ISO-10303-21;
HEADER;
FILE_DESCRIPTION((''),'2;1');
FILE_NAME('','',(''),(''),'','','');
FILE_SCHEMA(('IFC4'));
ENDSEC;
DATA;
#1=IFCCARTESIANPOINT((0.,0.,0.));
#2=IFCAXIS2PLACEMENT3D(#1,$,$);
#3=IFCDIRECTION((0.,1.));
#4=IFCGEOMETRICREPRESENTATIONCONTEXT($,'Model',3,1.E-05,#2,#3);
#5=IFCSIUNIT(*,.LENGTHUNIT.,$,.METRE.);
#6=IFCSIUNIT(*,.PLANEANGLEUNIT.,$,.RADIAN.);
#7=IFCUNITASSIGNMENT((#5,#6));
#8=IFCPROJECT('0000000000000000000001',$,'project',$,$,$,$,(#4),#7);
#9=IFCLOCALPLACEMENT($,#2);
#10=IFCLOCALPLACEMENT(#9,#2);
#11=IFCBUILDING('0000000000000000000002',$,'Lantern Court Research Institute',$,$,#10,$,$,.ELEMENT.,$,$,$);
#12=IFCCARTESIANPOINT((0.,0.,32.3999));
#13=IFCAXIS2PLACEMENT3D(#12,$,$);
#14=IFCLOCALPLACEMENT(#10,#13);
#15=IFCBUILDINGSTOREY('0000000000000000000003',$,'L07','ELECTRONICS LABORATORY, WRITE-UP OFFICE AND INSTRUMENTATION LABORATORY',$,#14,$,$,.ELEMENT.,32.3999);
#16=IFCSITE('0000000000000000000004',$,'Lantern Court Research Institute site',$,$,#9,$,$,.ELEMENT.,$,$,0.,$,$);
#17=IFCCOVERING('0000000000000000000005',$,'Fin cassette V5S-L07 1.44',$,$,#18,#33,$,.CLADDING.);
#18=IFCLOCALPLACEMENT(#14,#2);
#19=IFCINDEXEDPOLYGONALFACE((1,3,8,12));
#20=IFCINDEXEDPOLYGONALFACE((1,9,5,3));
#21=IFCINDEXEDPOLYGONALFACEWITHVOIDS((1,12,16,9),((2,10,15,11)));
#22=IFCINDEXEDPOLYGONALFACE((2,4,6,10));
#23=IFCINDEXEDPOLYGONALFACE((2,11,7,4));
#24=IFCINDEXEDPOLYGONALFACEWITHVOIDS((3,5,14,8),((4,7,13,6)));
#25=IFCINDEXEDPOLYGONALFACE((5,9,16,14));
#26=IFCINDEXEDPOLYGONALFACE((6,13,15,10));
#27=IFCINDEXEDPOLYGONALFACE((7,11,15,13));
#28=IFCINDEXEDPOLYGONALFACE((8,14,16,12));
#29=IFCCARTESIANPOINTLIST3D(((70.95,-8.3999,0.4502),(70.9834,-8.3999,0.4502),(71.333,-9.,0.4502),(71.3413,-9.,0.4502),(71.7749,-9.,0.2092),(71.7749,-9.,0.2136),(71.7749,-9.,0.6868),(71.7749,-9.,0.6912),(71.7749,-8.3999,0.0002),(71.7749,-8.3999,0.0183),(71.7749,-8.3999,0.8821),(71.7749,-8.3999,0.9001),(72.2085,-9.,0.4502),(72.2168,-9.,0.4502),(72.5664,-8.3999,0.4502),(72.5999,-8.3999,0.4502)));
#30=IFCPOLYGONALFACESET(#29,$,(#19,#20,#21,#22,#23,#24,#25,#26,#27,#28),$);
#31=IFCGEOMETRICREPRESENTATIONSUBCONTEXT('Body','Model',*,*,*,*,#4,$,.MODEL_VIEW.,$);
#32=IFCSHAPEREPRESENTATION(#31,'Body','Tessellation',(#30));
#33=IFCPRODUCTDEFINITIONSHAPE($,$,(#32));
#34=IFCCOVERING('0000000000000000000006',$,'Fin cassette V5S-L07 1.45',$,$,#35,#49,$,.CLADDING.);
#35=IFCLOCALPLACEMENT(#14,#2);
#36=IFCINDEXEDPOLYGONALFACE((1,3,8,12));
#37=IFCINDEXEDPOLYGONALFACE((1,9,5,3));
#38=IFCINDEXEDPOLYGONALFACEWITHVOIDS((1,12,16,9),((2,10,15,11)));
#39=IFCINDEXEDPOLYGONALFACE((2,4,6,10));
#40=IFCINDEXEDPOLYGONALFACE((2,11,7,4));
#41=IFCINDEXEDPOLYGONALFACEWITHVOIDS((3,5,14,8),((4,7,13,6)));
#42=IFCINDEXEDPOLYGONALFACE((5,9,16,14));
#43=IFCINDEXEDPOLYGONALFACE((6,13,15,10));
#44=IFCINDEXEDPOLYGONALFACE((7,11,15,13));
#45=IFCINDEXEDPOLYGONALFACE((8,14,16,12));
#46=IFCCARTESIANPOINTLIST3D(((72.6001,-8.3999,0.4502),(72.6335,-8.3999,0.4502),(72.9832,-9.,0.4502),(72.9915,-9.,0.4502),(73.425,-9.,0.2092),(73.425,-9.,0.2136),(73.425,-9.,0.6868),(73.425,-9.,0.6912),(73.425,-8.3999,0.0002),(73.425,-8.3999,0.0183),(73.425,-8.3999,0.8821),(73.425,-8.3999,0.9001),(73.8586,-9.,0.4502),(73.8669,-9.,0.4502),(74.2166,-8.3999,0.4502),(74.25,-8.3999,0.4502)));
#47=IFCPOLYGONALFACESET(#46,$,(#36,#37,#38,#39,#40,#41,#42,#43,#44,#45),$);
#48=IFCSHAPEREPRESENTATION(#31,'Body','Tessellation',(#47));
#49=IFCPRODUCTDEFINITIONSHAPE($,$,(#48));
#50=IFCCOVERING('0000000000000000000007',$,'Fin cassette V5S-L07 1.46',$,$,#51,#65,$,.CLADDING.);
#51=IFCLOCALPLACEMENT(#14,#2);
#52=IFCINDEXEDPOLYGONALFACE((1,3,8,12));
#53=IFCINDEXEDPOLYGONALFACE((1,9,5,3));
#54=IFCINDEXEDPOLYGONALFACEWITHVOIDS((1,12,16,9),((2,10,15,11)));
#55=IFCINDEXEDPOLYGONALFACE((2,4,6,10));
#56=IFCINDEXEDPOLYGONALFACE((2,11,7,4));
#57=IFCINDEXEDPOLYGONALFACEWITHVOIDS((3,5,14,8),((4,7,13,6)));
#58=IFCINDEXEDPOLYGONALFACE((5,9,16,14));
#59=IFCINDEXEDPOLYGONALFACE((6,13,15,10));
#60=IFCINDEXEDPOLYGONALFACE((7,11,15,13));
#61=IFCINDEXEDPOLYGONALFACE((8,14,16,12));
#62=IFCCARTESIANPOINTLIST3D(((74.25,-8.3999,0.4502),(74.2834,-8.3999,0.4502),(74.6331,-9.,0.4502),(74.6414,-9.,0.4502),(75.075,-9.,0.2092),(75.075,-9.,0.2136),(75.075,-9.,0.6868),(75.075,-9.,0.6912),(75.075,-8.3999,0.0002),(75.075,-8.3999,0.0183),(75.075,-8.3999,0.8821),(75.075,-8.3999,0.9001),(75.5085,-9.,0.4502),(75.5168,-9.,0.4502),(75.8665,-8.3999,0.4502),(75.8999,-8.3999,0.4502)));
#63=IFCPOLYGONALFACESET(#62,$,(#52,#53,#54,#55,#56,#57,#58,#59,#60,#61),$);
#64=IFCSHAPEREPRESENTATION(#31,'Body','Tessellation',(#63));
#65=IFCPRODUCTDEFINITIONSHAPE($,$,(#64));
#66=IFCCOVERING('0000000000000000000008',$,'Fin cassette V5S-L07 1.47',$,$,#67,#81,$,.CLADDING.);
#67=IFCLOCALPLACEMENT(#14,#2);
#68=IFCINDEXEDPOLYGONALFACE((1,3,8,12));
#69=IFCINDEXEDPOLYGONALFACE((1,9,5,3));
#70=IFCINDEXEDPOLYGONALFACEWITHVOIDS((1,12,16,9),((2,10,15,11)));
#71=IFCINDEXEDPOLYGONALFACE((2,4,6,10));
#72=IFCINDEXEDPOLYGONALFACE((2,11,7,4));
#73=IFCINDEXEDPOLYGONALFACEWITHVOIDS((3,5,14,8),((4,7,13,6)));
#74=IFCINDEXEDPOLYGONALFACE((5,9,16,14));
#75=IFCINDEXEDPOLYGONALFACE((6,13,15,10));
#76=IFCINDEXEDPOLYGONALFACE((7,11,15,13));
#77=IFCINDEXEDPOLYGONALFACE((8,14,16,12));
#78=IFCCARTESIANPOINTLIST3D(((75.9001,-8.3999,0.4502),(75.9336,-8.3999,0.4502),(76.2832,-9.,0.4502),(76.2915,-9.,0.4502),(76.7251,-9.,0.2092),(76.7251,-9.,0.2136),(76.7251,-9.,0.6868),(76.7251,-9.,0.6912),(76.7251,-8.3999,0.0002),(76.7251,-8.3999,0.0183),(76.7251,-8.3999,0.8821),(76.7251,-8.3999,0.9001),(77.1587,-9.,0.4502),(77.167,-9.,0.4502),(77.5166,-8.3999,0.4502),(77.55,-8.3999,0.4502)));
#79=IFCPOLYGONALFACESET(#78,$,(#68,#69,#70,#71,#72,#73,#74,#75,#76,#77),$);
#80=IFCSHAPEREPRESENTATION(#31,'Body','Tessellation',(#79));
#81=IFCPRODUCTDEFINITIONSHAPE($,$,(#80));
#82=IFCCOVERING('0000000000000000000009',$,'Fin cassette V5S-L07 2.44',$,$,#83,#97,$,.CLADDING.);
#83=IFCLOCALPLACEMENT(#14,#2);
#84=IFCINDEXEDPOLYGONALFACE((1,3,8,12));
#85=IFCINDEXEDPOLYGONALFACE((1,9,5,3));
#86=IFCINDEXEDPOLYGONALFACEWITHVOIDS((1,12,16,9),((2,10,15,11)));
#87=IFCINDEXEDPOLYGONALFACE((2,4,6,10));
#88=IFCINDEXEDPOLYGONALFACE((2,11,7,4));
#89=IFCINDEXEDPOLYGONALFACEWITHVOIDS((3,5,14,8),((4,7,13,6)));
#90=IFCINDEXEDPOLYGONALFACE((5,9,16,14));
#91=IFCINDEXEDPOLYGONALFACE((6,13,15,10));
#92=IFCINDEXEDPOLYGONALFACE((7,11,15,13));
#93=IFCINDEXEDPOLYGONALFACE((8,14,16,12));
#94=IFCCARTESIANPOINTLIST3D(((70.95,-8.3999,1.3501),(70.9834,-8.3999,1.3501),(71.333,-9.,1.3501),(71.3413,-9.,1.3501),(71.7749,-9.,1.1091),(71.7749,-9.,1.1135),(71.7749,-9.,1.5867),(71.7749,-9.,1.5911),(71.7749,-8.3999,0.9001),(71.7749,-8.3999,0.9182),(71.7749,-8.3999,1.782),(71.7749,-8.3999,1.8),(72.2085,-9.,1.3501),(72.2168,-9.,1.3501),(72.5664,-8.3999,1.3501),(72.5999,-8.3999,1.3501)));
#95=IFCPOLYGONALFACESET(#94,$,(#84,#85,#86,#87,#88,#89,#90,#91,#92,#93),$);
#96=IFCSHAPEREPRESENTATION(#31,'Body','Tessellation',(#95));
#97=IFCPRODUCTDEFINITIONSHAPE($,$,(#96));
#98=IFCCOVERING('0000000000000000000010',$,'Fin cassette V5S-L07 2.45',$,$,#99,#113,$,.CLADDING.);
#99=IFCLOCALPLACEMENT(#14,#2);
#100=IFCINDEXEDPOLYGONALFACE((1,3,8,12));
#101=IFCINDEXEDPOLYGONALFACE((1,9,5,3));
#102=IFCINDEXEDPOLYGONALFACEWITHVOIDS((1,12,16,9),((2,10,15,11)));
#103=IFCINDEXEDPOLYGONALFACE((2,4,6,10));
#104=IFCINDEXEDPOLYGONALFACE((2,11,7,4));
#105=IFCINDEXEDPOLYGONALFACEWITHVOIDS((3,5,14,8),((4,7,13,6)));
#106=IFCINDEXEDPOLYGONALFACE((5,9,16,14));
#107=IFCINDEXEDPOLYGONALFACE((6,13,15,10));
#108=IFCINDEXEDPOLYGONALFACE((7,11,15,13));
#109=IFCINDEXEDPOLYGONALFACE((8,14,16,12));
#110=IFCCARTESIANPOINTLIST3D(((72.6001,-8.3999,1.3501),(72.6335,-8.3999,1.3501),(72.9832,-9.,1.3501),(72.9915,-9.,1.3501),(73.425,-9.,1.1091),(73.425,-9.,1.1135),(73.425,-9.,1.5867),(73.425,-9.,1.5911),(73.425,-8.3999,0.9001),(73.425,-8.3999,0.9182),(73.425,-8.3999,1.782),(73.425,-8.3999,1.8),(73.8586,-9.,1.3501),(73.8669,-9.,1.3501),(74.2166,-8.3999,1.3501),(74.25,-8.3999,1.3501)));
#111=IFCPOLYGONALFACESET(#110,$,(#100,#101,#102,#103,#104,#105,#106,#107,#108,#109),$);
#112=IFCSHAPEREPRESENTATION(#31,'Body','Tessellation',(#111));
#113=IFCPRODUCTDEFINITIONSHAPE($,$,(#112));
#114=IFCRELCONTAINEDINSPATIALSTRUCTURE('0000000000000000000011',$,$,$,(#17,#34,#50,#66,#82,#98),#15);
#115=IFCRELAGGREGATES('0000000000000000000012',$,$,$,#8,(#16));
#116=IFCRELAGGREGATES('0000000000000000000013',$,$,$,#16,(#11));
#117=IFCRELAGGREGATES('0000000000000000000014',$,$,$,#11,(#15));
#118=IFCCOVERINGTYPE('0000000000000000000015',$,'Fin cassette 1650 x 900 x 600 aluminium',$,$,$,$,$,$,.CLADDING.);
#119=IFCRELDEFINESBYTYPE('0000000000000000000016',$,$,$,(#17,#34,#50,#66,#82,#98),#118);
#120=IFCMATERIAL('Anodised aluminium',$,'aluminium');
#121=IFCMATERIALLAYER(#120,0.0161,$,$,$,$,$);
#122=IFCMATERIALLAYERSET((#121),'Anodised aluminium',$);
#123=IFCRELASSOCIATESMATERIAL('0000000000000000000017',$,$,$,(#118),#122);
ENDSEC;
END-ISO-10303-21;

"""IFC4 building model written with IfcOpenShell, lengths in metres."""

from ifc_helpers import new_model, entity, si_unit, direction, frame, origin, place, context, subcontext, project, spatial, material, layer, layer_set, type_object, element, save


model = new_model("IFC4")

# Units and contexts
model_context = context("Model", 3, precision=1e-05, world=origin(), true_north=direction((0.0, 1.0)))
body_context = subcontext(model_context, "Body", "Model", "MODEL_VIEW")
ifc_project = project(units=[si_unit("LENGTHUNIT", "METRE"), si_unit("PLANEANGLEUNIT", "RADIAN")], contexts=[model_context])

# Site, building, storey
site_placement = place(None, origin())
site = spatial("IfcSite", under=ifc_project, at=site_placement, Name="Lantern Court Research Institute site", CompositionType="ELEMENT", RefElevation=0.0)
building_placement = place(site_placement, origin())
building = spatial("IfcBuilding", under=site, at=building_placement, Name="Lantern Court Research Institute", CompositionType="ELEMENT")
storey_placement = place(building_placement, frame((0.0, 0.0, 32.3999)))
storey = spatial("IfcBuildingStorey", under=building, at=storey_placement, Name="L07", Description="ELECTRONICS LABORATORY, WRITE-UP OFFICE AND INSTRUMENTATION LABORATORY", CompositionType="ELEMENT", Elevation=32.3999)

# Coverings
ifc_material = material(Name="Anodised aluminium", Category="aluminium")
ifc_layer = layer(ifc_material, 0.0161)
ifc_layer_set = layer_set([ifc_layer], Name="Anodised aluminium")
covering_type = type_object("IfcCoveringType", Name="Fin cassette 1650 x 900 x 600 aluminium", PredefinedType="CLADDING", material=ifc_layer_set)
covering_1_placement = place(storey_placement, frame((71.7749, -8.3999, 0.4502), z_axis=(0.0, -1.0, 0.0), x_axis=(1.0, 0.0, 0.0)))
cartesian_point_1 = entity("IfcCartesianPoint", [0.825, 0.0])
cartesian_point_2 = entity("IfcCartesianPoint", [0.7915, 0.0])
cartesian_point_3 = entity("IfcCartesianPoint", [0.4419, 0.0])
cartesian_point_4 = entity("IfcCartesianPoint", [0.4336, 0.0])
element("IfcCovering", 1, at=covering_1_placement, inside=storey, type_object=covering_type, Name="Fin cassette V5S-L07 1.44", PredefinedType="CLADDING", context=body_context, shape_type="SweptSolid", body=[
    entity("IfcExtrudedAreaSolidTapered", entity("IfcArbitraryProfileDefWithVoids", "AREA", None, entity("IfcPolyline", [cartesian_point_1, entity("IfcCartesianPoint", [0.0, 0.45]), entity("IfcCartesianPoint", [-0.825, 0.0]), entity("IfcCartesianPoint", [0.0, -0.45]), cartesian_point_1]), [entity("IfcPolyline", [cartesian_point_2, entity("IfcCartesianPoint", [0.0, 0.4319]), entity("IfcCartesianPoint", [-0.7915, 0.0]), entity("IfcCartesianPoint", [0.0, -0.4319]), cartesian_point_2])]), entity("IfcAxis2Placement3D", entity("IfcCartesianPoint", [0.0, 0.0, 0.0])), entity("IfcDirection", [0.0, 0.0, 1.0]), 0.6001, entity("IfcArbitraryProfileDefWithVoids", "AREA", None, entity("IfcPolyline", [cartesian_point_3, entity("IfcCartesianPoint", [0.0, 0.241]), entity("IfcCartesianPoint", [-0.4419, 0.0]), entity("IfcCartesianPoint", [0.0, -0.241]), cartesian_point_3]), [entity("IfcPolyline", [cartesian_point_4, entity("IfcCartesianPoint", [0.0, 0.2366]), entity("IfcCartesianPoint", [-0.4336, 0.0]), entity("IfcCartesianPoint", [0.0, -0.2366]), cartesian_point_4])])),
])
covering_2_placement = place(storey_placement, frame((73.425, -8.3999, 0.4502), z_axis=(0.0, -1.0, 0.0), x_axis=(1.0, 0.0, 0.0)))
cartesian_point_5 = entity("IfcCartesianPoint", [0.825, 0.0])
cartesian_point_6 = entity("IfcCartesianPoint", [0.7915, 0.0])
cartesian_point_7 = entity("IfcCartesianPoint", [0.4419, 0.0])
cartesian_point_8 = entity("IfcCartesianPoint", [0.4336, 0.0])
element("IfcCovering", 2, at=covering_2_placement, inside=storey, type_object=covering_type, Name="Fin cassette V5S-L07 1.45", PredefinedType="CLADDING", context=body_context, shape_type="SweptSolid", body=[
    entity("IfcExtrudedAreaSolidTapered", entity("IfcArbitraryProfileDefWithVoids", "AREA", None, entity("IfcPolyline", [cartesian_point_5, entity("IfcCartesianPoint", [0.0, 0.45]), entity("IfcCartesianPoint", [-0.825, 0.0]), entity("IfcCartesianPoint", [0.0, -0.45]), cartesian_point_5]), [entity("IfcPolyline", [cartesian_point_6, entity("IfcCartesianPoint", [0.0, 0.4319]), entity("IfcCartesianPoint", [-0.7915, 0.0]), entity("IfcCartesianPoint", [0.0, -0.4319]), cartesian_point_6])]), entity("IfcAxis2Placement3D", entity("IfcCartesianPoint", [0.0, 0.0, 0.0])), entity("IfcDirection", [0.0, 0.0, 1.0]), 0.6001, entity("IfcArbitraryProfileDefWithVoids", "AREA", None, entity("IfcPolyline", [cartesian_point_7, entity("IfcCartesianPoint", [0.0, 0.241]), entity("IfcCartesianPoint", [-0.4419, 0.0]), entity("IfcCartesianPoint", [0.0, -0.241]), cartesian_point_7]), [entity("IfcPolyline", [cartesian_point_8, entity("IfcCartesianPoint", [0.0, 0.2366]), entity("IfcCartesianPoint", [-0.4336, 0.0]), entity("IfcCartesianPoint", [0.0, -0.2366]), cartesian_point_8])])),
])
covering_3_placement = place(storey_placement, frame((75.075, -8.3999, 0.4502), z_axis=(0.0, -1.0, 0.0), x_axis=(1.0, 0.0, 0.0)))
cartesian_point_9 = entity("IfcCartesianPoint", [0.825, 0.0])
cartesian_point_10 = entity("IfcCartesianPoint", [0.7915, 0.0])
cartesian_point_11 = entity("IfcCartesianPoint", [0.4419, 0.0])
cartesian_point_12 = entity("IfcCartesianPoint", [0.4336, 0.0])
element("IfcCovering", 3, at=covering_3_placement, inside=storey, type_object=covering_type, Name="Fin cassette V5S-L07 1.46", PredefinedType="CLADDING", context=body_context, shape_type="SweptSolid", body=[
    entity("IfcExtrudedAreaSolidTapered", entity("IfcArbitraryProfileDefWithVoids", "AREA", None, entity("IfcPolyline", [cartesian_point_9, entity("IfcCartesianPoint", [0.0, 0.45]), entity("IfcCartesianPoint", [-0.825, 0.0]), entity("IfcCartesianPoint", [0.0, -0.45]), cartesian_point_9]), [entity("IfcPolyline", [cartesian_point_10, entity("IfcCartesianPoint", [0.0, 0.4319]), entity("IfcCartesianPoint", [-0.7915, 0.0]), entity("IfcCartesianPoint", [0.0, -0.4319]), cartesian_point_10])]), entity("IfcAxis2Placement3D", entity("IfcCartesianPoint", [0.0, 0.0, 0.0])), entity("IfcDirection", [0.0, 0.0, 1.0]), 0.6001, entity("IfcArbitraryProfileDefWithVoids", "AREA", None, entity("IfcPolyline", [cartesian_point_11, entity("IfcCartesianPoint", [0.0, 0.241]), entity("IfcCartesianPoint", [-0.4419, 0.0]), entity("IfcCartesianPoint", [0.0, -0.241]), cartesian_point_11]), [entity("IfcPolyline", [cartesian_point_12, entity("IfcCartesianPoint", [0.0, 0.2366]), entity("IfcCartesianPoint", [-0.4336, 0.0]), entity("IfcCartesianPoint", [0.0, -0.2366]), cartesian_point_12])])),
])
covering_4_placement = place(storey_placement, frame((76.7251, -8.3999, 0.4502), z_axis=(0.0, -1.0, 0.0), x_axis=(1.0, 0.0, 0.0)))
cartesian_point_13 = entity("IfcCartesianPoint", [0.825, 0.0])
cartesian_point_14 = entity("IfcCartesianPoint", [0.7915, 0.0])
cartesian_point_15 = entity("IfcCartesianPoint", [0.4419, 0.0])
cartesian_point_16 = entity("IfcCartesianPoint", [0.4336, 0.0])
element("IfcCovering", 4, at=covering_4_placement, inside=storey, type_object=covering_type, Name="Fin cassette V5S-L07 1.47", PredefinedType="CLADDING", context=body_context, shape_type="SweptSolid", body=[
    entity("IfcExtrudedAreaSolidTapered", entity("IfcArbitraryProfileDefWithVoids", "AREA", None, entity("IfcPolyline", [cartesian_point_13, entity("IfcCartesianPoint", [0.0, 0.45]), entity("IfcCartesianPoint", [-0.825, 0.0]), entity("IfcCartesianPoint", [0.0, -0.45]), cartesian_point_13]), [entity("IfcPolyline", [cartesian_point_14, entity("IfcCartesianPoint", [0.0, 0.4319]), entity("IfcCartesianPoint", [-0.7915, 0.0]), entity("IfcCartesianPoint", [0.0, -0.4319]), cartesian_point_14])]), entity("IfcAxis2Placement3D", entity("IfcCartesianPoint", [0.0, 0.0, 0.0])), entity("IfcDirection", [0.0, 0.0, 1.0]), 0.6001, entity("IfcArbitraryProfileDefWithVoids", "AREA", None, entity("IfcPolyline", [cartesian_point_15, entity("IfcCartesianPoint", [0.0, 0.241]), entity("IfcCartesianPoint", [-0.4419, 0.0]), entity("IfcCartesianPoint", [0.0, -0.241]), cartesian_point_15]), [entity("IfcPolyline", [cartesian_point_16, entity("IfcCartesianPoint", [0.0, 0.2366]), entity("IfcCartesianPoint", [-0.4336, 0.0]), entity("IfcCartesianPoint", [0.0, -0.2366]), cartesian_point_16])])),
])
covering_5_placement = place(storey_placement, frame((71.7749, -8.3999, 1.3501), z_axis=(0.0, -1.0, 0.0), x_axis=(1.0, 0.0, 0.0)))
cartesian_point_17 = entity("IfcCartesianPoint", [0.825, 0.0])
cartesian_point_18 = entity("IfcCartesianPoint", [0.7915, 0.0])
cartesian_point_19 = entity("IfcCartesianPoint", [0.4419, 0.0])
cartesian_point_20 = entity("IfcCartesianPoint", [0.4336, 0.0])
element("IfcCovering", 5, at=covering_5_placement, inside=storey, type_object=covering_type, Name="Fin cassette V5S-L07 2.44", PredefinedType="CLADDING", context=body_context, shape_type="SweptSolid", body=[
    entity("IfcExtrudedAreaSolidTapered", entity("IfcArbitraryProfileDefWithVoids", "AREA", None, entity("IfcPolyline", [cartesian_point_17, entity("IfcCartesianPoint", [0.0, 0.45]), entity("IfcCartesianPoint", [-0.825, 0.0]), entity("IfcCartesianPoint", [0.0, -0.45]), cartesian_point_17]), [entity("IfcPolyline", [cartesian_point_18, entity("IfcCartesianPoint", [0.0, 0.4319]), entity("IfcCartesianPoint", [-0.7915, 0.0]), entity("IfcCartesianPoint", [0.0, -0.4319]), cartesian_point_18])]), entity("IfcAxis2Placement3D", entity("IfcCartesianPoint", [0.0, 0.0, 0.0])), entity("IfcDirection", [0.0, 0.0, 1.0]), 0.6001, entity("IfcArbitraryProfileDefWithVoids", "AREA", None, entity("IfcPolyline", [cartesian_point_19, entity("IfcCartesianPoint", [0.0, 0.241]), entity("IfcCartesianPoint", [-0.4419, 0.0]), entity("IfcCartesianPoint", [0.0, -0.241]), cartesian_point_19]), [entity("IfcPolyline", [cartesian_point_20, entity("IfcCartesianPoint", [0.0, 0.2366]), entity("IfcCartesianPoint", [-0.4336, 0.0]), entity("IfcCartesianPoint", [0.0, -0.2366]), cartesian_point_20])])),
])
covering_6_placement = place(storey_placement, frame((73.425, -8.3999, 1.3501), z_axis=(0.0, -1.0, 0.0), x_axis=(1.0, 0.0, 0.0)))
cartesian_point_21 = entity("IfcCartesianPoint", [0.825, 0.0])
cartesian_point_22 = entity("IfcCartesianPoint", [0.7915, 0.0])
cartesian_point_23 = entity("IfcCartesianPoint", [0.4419, 0.0])
cartesian_point_24 = entity("IfcCartesianPoint", [0.4336, 0.0])
element("IfcCovering", 6, at=covering_6_placement, inside=storey, type_object=covering_type, Name="Fin cassette V5S-L07 2.45", PredefinedType="CLADDING", context=body_context, shape_type="SweptSolid", body=[
    entity("IfcExtrudedAreaSolidTapered", entity("IfcArbitraryProfileDefWithVoids", "AREA", None, entity("IfcPolyline", [cartesian_point_21, entity("IfcCartesianPoint", [0.0, 0.45]), entity("IfcCartesianPoint", [-0.825, 0.0]), entity("IfcCartesianPoint", [0.0, -0.45]), cartesian_point_21]), [entity("IfcPolyline", [cartesian_point_22, entity("IfcCartesianPoint", [0.0, 0.4319]), entity("IfcCartesianPoint", [-0.7915, 0.0]), entity("IfcCartesianPoint", [0.0, -0.4319]), cartesian_point_22])]), entity("IfcAxis2Placement3D", entity("IfcCartesianPoint", [0.0, 0.0, 0.0])), entity("IfcDirection", [0.0, 0.0, 1.0]), 0.6001, entity("IfcArbitraryProfileDefWithVoids", "AREA", None, entity("IfcPolyline", [cartesian_point_23, entity("IfcCartesianPoint", [0.0, 0.241]), entity("IfcCartesianPoint", [-0.4419, 0.0]), entity("IfcCartesianPoint", [0.0, -0.241]), cartesian_point_23]), [entity("IfcPolyline", [cartesian_point_24, entity("IfcCartesianPoint", [0.0, 0.2366]), entity("IfcCartesianPoint", [-0.4336, 0.0]), entity("IfcCartesianPoint", [0.0, -0.2366]), cartesian_point_24])])),
])

save(model, "model.ifc")
